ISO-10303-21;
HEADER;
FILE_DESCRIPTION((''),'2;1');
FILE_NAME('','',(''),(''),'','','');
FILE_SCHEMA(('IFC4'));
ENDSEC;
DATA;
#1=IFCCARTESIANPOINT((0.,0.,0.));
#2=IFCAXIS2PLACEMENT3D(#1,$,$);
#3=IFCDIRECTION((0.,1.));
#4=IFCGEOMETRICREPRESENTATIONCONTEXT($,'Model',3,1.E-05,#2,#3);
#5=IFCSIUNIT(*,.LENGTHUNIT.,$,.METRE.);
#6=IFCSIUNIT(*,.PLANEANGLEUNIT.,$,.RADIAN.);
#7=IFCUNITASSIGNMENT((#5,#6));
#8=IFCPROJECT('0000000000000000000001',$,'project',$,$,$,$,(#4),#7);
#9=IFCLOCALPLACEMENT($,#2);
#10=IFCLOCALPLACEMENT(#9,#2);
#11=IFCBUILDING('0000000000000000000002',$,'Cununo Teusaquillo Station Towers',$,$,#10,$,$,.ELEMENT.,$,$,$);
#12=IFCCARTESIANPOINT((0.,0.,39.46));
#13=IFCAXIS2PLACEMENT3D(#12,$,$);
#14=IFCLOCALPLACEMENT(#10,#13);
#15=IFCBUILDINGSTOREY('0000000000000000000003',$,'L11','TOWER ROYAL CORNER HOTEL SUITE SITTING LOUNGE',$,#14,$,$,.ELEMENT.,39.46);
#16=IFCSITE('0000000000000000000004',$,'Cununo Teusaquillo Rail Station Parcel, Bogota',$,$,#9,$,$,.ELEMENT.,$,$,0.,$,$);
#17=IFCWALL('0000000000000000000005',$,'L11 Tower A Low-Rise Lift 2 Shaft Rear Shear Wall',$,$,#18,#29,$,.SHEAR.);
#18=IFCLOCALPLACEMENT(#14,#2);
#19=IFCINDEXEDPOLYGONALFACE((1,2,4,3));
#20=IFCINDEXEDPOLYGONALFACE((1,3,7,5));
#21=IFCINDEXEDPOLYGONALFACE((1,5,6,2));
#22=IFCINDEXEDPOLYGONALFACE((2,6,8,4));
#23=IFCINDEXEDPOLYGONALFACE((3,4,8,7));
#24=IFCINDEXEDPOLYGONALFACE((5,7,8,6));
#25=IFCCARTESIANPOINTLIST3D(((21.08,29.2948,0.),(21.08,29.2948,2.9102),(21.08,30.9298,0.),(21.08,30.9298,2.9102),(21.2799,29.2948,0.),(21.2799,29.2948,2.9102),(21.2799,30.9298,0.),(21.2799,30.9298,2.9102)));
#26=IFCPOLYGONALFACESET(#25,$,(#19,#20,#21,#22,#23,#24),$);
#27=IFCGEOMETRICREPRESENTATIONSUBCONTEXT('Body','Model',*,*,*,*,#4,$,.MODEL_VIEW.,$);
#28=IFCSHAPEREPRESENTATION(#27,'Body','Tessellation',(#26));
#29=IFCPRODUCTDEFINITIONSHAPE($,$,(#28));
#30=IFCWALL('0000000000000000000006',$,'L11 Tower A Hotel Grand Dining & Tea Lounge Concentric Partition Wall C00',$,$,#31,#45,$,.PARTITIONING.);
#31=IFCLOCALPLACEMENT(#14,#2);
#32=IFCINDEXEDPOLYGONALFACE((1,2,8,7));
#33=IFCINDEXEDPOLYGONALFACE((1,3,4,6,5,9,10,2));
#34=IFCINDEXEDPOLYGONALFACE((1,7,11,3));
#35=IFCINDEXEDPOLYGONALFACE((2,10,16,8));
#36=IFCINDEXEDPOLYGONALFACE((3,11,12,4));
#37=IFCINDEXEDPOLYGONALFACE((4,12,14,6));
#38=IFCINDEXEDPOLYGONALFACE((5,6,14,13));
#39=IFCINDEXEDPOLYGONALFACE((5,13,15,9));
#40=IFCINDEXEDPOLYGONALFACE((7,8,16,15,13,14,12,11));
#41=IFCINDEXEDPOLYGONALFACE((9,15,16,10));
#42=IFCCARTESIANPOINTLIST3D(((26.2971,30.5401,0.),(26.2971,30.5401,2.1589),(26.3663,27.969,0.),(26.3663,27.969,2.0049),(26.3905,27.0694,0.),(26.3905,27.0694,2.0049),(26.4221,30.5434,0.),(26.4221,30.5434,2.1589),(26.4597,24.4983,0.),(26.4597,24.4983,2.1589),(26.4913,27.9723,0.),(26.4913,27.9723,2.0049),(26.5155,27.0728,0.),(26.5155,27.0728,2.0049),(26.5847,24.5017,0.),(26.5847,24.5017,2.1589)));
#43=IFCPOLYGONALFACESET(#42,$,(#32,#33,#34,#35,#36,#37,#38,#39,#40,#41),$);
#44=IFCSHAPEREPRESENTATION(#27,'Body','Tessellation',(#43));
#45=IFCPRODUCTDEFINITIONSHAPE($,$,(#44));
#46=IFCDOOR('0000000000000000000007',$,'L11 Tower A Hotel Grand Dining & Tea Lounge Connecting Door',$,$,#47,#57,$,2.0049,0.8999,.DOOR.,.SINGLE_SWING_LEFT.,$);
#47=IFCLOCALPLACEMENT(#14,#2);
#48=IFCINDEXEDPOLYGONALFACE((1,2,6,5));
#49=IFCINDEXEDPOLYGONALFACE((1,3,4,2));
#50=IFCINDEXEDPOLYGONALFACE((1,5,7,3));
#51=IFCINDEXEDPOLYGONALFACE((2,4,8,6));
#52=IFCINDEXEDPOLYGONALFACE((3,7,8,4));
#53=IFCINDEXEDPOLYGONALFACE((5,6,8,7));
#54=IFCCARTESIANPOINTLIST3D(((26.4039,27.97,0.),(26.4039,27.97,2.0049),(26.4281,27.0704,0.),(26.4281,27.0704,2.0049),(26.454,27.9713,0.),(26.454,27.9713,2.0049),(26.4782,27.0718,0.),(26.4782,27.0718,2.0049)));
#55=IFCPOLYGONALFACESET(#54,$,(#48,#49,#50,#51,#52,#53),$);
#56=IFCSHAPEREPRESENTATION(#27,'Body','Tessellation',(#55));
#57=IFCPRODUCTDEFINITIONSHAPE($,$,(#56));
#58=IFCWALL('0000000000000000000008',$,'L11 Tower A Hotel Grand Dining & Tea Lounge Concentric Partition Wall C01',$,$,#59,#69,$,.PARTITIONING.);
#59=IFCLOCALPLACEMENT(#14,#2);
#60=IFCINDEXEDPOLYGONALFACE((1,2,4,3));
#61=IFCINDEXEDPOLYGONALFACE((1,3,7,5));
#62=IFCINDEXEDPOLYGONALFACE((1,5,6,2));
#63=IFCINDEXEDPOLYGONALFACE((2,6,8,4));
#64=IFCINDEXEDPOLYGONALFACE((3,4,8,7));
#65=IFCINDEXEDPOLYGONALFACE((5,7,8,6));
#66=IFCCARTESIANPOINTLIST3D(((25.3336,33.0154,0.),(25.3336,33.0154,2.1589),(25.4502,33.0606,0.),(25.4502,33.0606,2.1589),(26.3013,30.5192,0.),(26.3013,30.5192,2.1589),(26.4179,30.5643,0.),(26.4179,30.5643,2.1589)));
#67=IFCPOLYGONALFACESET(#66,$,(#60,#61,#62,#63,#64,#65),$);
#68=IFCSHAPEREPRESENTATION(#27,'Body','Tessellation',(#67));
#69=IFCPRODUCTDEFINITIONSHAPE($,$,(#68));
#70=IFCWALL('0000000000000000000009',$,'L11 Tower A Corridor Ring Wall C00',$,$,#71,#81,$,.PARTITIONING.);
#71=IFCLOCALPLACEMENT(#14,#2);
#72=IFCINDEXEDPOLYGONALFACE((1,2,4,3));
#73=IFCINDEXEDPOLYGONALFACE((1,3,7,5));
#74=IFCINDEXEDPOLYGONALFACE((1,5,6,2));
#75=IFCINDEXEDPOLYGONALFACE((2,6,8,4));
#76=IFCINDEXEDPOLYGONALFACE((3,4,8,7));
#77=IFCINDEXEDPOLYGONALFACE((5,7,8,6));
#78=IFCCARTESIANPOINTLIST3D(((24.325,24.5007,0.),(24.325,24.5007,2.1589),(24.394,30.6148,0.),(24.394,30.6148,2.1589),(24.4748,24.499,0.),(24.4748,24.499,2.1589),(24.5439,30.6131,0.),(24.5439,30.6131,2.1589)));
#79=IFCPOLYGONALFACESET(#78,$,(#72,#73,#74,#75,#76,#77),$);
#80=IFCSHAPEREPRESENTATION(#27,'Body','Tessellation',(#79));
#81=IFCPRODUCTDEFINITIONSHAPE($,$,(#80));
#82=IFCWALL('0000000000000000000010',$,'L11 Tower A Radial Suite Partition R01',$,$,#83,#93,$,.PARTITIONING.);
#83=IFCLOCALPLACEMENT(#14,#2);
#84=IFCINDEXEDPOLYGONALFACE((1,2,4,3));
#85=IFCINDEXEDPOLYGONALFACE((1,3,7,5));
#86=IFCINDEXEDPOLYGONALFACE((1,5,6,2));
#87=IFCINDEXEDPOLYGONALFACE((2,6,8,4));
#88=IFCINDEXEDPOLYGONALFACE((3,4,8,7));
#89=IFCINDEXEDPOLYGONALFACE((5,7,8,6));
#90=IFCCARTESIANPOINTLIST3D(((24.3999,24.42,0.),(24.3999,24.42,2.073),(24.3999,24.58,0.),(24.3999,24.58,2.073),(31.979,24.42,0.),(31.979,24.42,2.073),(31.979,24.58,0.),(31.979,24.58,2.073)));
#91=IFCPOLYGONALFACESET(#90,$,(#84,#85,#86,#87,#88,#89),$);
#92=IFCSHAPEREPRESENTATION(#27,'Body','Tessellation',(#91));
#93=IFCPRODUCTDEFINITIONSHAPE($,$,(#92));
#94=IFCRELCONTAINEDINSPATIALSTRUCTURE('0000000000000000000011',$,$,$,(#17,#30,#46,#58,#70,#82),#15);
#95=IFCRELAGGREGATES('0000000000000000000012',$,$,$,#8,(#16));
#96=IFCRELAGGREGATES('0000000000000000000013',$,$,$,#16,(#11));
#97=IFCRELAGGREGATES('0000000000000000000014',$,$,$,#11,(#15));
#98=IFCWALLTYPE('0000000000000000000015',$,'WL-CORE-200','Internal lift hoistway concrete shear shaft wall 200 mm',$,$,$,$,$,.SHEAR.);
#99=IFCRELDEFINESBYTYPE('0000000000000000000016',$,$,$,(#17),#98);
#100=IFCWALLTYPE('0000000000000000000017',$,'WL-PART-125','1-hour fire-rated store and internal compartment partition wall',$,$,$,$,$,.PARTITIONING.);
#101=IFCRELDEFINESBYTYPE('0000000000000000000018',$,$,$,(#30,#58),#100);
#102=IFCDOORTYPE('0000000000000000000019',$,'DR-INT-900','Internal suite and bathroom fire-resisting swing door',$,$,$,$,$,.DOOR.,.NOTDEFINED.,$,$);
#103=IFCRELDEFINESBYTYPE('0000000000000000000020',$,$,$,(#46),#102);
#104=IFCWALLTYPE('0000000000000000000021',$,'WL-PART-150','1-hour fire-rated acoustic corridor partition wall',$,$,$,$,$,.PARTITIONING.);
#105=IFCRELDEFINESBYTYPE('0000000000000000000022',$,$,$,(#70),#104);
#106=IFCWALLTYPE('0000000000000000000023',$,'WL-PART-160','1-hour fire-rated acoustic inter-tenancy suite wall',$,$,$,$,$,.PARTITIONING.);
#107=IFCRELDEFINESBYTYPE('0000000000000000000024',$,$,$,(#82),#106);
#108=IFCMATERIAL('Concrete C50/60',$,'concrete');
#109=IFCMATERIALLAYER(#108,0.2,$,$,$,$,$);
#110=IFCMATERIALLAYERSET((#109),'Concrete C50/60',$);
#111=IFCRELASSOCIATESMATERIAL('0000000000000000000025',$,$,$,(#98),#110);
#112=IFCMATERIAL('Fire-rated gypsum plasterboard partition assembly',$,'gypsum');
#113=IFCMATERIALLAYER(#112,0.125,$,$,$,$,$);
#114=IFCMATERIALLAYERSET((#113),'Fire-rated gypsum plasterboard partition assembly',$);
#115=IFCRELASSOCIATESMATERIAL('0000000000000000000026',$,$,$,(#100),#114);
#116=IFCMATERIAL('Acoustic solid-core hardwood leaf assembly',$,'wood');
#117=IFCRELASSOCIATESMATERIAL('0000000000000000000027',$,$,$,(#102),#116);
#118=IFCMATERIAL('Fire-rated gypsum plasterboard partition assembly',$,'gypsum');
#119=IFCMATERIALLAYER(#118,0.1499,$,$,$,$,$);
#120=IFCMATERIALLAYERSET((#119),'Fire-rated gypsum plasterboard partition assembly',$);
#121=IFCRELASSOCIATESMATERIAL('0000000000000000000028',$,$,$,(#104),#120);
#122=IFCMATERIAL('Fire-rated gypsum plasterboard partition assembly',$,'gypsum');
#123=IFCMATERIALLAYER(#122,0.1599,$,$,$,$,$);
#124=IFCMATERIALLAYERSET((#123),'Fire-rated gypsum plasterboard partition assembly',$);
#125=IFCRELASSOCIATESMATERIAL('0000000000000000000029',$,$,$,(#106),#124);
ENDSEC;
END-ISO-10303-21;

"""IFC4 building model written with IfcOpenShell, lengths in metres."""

from ifc_helpers import new_model, si_unit, direction, frame, frame_2d, origin, place, context, subcontext, project, spatial, rectangle, extrude, source, transform, mapped, material, layer, layer_set, type_object, element, fill, save


model = new_model("IFC4")

# Units and contexts
model_context = context("Model", 3, precision=1e-05, world=origin(), true_north=direction((0.0, 1.0)))
body_context = subcontext(model_context, "Body", "Model", "MODEL_VIEW")
ifc_project = project(units=[si_unit("LENGTHUNIT", "METRE"), si_unit("PLANEANGLEUNIT", "RADIAN")], contexts=[model_context])

# Site, building, storey
site_placement = place(None, origin())
site = spatial("IfcSite", under=ifc_project, at=site_placement, Name="Cununo Teusaquillo Rail Station Parcel, Bogota", CompositionType="ELEMENT", RefElevation=0.0)
building_placement = place(site_placement, origin())
building = spatial("IfcBuilding", under=site, at=building_placement, Name="Cununo Teusaquillo Station Towers", CompositionType="ELEMENT")
storey_placement = place(building_placement, frame((0.0, 0.0, 39.46)))
storey = spatial("IfcBuildingStorey", under=building, at=storey_placement, Name="L11", Description="TOWER ROYAL CORNER HOTEL SUITE SITTING LOUNGE", CompositionType="ELEMENT", Elevation=39.46)

# Wall
ifc_material_1 = material(Name="Concrete C50/60", Category="concrete")
ifc_layer_1 = layer(ifc_material_1, 0.2)
ifc_layer_set_1 = layer_set([ifc_layer_1], Name="Concrete C50/60")
wall_type_1 = type_object("IfcWallType", Name="WL-CORE-200", Description="Internal lift hoistway concrete shear shaft wall 200 mm", PredefinedType="SHEAR", material=ifc_layer_set_1)
wall_1_placement = place(storey_placement, frame((21.1799, 29.2949, 0.0), z_axis=(0.0, 0.0, 1.0), x_axis=(0.0, 1.0, 0.0)))
element("IfcWall", 1, at=wall_1_placement, inside=storey, type_object=wall_type_1, Name="L11 Tower A Low-Rise Lift 2 Shaft Rear Shear Wall", PredefinedType="SHEAR", context=body_context, shape_type="SweptSolid", body=[
    extrude(rectangle(XDim=1.635, YDim=0.2, at=frame_2d((0.8174, 0.0))), origin(), (0.0, 0.0, 1.0), 2.9102),
])

# Wall, opening, door
ifc_material_2 = material(Name="Fire-rated gypsum plasterboard partition assembly", Category="gypsum")
ifc_layer_2 = layer(ifc_material_2, 0.125)
ifc_layer_set_2 = layer_set([ifc_layer_2], Name="Fire-rated gypsum plasterboard partition assembly")
wall_type_2 = type_object("IfcWallType", Name="WL-PART-125", Description="1-hour fire-rated store and internal compartment partition wall", PredefinedType="PARTITIONING", material=ifc_layer_set_2)
wall_2_placement = place(storey_placement, frame((26.5222, 24.5, 0.0), z_axis=(0.0, 0.0, 1.0), x_axis=(-0.026903, 0.999638, 0.0)))
wall_2 = element("IfcWall", 2, at=wall_2_placement, inside=storey, type_object=wall_type_2, Name="L11 Tower A Hotel Grand Dining & Tea Lounge Concentric Partition Wall C00", PredefinedType="PARTITIONING", context=body_context, shape_type="SweptSolid", body=[
    extrude(rectangle(XDim=6.0439, YDim=0.125, at=frame_2d((3.022, 0.0))), origin(), (0.0, 0.0, 1.0), 2.1589),
])
shared_shape_1 = source(origin(), body_context, "Body", "SweptSolid", [
    extrude(rectangle(XDim=0.8999, YDim=2.0049, at=frame_2d((0.45, 1.0024))), frame((0.0, 0.0725, 0.0), z_axis=(0.0, -1.0, 0.0), x_axis=(1.0, 0.0, 0.0)), (0.0, 0.0, 1.0), 0.145),
])
opening_placement = place(wall_2_placement, frame((2.572, 0.0, 0.0)))
opening = element("IfcOpeningElement", 3, at=opening_placement, cuts=wall_2, PredefinedType="OPENING", context=body_context, shape_type="MappedRepresentation", body=[
    mapped(shared_shape_1, transform((0.0, 0.0, 0.0), x_axis=(1.0, 0.0, 0.0), y_axis=(0.0, 1.0, 0.0), z_axis=(0.0, 0.0, 1.0), scale=1.0)),
])
ifc_material_3 = material(Name="Acoustic solid-core hardwood leaf assembly", Category="wood")
door_type = type_object("IfcDoorType", Name="DR-INT-900", Description="Internal suite and bathroom fire-resisting swing door", OperationType="NOTDEFINED", PredefinedType="DOOR", material=ifc_material_3)
shared_shape_2 = source(origin(), body_context, "Body", "SweptSolid", [
    extrude(rectangle(XDim=0.8999, YDim=2.0049, at=frame_2d((0.45, 1.0024))), frame((0.0, 0.0249, 0.0), z_axis=(0.0, -1.0, 0.0), x_axis=(1.0, 0.0, 0.0)), (0.0, 0.0, 1.0), 0.05),
])
door_placement = place(opening_placement, origin())
door = element("IfcDoor", 4, at=door_placement, inside=storey, type_object=door_type, Name="L11 Tower A Hotel Grand Dining & Tea Lounge Connecting Door", OperationType="SINGLE_SWING_LEFT", OverallHeight=2.0049, OverallWidth=0.8999, PredefinedType="DOOR", context=body_context, shape_type="MappedRepresentation", body=[
    mapped(shared_shape_2, transform((0.0, 0.0, 0.0), x_axis=(1.0, 0.0, 0.0), y_axis=(0.0, 1.0, 0.0), z_axis=(0.0, 0.0, 1.0), scale=1.0)),
])
fill(opening, door)

# Walls
wall_3_placement = place(storey_placement, frame((26.3596, 30.5417, 0.0), z_axis=(0.0, 0.0, 1.0), x_axis=(-0.361465, 0.932386, 0.0)))
element("IfcWall", 5, at=wall_3_placement, inside=storey, type_object=wall_type_2, Name="L11 Tower A Hotel Grand Dining & Tea Lounge Concentric Partition Wall C01", PredefinedType="PARTITIONING", context=body_context, shape_type="SweptSolid", body=[
    extrude(rectangle(XDim=2.6772, YDim=0.125, at=frame_2d((1.3386, 0.0))), origin(), (0.0, 0.0, 1.0), 2.1589),
])
ifc_material_4 = material(Name="Fire-rated gypsum plasterboard partition assembly", Category="gypsum")
ifc_layer_3 = layer(ifc_material_4, 0.1499)
ifc_layer_set_3 = layer_set([ifc_layer_3], Name="Fire-rated gypsum plasterboard partition assembly")
wall_type_3 = type_object("IfcWallType", Name="WL-PART-150", Description="1-hour fire-rated acoustic corridor partition wall", PredefinedType="PARTITIONING", material=ifc_layer_set_3)
wall_4_placement = place(storey_placement, frame((24.3999, 24.5, 0.0), z_axis=(0.0, 0.0, 1.0), x_axis=(0.0113, 0.999936, 0.0)))
element("IfcWall", 6, at=wall_4_placement, inside=storey, type_object=wall_type_3, Name="L11 Tower A Corridor Ring Wall C00", PredefinedType="PARTITIONING", context=body_context, shape_type="SweptSolid", body=[
    extrude(rectangle(XDim=6.1145, YDim=0.1499, at=frame_2d((3.0571, 0.0))), origin(), (0.0, 0.0, 1.0), 2.1589),
])
ifc_material_5 = material(Name="Fire-rated gypsum plasterboard partition assembly", Category="gypsum")
ifc_layer_4 = layer(ifc_material_5, 0.1599)
ifc_layer_set_4 = layer_set([ifc_layer_4], Name="Fire-rated gypsum plasterboard partition assembly")
wall_type_4 = type_object("IfcWallType", Name="WL-PART-160", Description="1-hour fire-rated acoustic inter-tenancy suite wall", PredefinedType="PARTITIONING", material=ifc_layer_set_4)
wall_5_placement = place(storey_placement, frame((24.3999, 24.5, 0.0), z_axis=(0.0, 0.0, 1.0), x_axis=(1.0, 0.0, 0.0)))
element("IfcWall", 7, at=wall_5_placement, inside=storey, type_object=wall_type_4, Name="L11 Tower A Radial Suite Partition R01", PredefinedType="PARTITIONING", context=body_context, shape_type="SweptSolid", body=[
    extrude(rectangle(XDim=7.5791, YDim=0.1599, at=frame_2d((3.7896, 0.0))), origin(), (0.0, 0.0, 1.0), 2.073),
])

save(model, "model.ifc")
